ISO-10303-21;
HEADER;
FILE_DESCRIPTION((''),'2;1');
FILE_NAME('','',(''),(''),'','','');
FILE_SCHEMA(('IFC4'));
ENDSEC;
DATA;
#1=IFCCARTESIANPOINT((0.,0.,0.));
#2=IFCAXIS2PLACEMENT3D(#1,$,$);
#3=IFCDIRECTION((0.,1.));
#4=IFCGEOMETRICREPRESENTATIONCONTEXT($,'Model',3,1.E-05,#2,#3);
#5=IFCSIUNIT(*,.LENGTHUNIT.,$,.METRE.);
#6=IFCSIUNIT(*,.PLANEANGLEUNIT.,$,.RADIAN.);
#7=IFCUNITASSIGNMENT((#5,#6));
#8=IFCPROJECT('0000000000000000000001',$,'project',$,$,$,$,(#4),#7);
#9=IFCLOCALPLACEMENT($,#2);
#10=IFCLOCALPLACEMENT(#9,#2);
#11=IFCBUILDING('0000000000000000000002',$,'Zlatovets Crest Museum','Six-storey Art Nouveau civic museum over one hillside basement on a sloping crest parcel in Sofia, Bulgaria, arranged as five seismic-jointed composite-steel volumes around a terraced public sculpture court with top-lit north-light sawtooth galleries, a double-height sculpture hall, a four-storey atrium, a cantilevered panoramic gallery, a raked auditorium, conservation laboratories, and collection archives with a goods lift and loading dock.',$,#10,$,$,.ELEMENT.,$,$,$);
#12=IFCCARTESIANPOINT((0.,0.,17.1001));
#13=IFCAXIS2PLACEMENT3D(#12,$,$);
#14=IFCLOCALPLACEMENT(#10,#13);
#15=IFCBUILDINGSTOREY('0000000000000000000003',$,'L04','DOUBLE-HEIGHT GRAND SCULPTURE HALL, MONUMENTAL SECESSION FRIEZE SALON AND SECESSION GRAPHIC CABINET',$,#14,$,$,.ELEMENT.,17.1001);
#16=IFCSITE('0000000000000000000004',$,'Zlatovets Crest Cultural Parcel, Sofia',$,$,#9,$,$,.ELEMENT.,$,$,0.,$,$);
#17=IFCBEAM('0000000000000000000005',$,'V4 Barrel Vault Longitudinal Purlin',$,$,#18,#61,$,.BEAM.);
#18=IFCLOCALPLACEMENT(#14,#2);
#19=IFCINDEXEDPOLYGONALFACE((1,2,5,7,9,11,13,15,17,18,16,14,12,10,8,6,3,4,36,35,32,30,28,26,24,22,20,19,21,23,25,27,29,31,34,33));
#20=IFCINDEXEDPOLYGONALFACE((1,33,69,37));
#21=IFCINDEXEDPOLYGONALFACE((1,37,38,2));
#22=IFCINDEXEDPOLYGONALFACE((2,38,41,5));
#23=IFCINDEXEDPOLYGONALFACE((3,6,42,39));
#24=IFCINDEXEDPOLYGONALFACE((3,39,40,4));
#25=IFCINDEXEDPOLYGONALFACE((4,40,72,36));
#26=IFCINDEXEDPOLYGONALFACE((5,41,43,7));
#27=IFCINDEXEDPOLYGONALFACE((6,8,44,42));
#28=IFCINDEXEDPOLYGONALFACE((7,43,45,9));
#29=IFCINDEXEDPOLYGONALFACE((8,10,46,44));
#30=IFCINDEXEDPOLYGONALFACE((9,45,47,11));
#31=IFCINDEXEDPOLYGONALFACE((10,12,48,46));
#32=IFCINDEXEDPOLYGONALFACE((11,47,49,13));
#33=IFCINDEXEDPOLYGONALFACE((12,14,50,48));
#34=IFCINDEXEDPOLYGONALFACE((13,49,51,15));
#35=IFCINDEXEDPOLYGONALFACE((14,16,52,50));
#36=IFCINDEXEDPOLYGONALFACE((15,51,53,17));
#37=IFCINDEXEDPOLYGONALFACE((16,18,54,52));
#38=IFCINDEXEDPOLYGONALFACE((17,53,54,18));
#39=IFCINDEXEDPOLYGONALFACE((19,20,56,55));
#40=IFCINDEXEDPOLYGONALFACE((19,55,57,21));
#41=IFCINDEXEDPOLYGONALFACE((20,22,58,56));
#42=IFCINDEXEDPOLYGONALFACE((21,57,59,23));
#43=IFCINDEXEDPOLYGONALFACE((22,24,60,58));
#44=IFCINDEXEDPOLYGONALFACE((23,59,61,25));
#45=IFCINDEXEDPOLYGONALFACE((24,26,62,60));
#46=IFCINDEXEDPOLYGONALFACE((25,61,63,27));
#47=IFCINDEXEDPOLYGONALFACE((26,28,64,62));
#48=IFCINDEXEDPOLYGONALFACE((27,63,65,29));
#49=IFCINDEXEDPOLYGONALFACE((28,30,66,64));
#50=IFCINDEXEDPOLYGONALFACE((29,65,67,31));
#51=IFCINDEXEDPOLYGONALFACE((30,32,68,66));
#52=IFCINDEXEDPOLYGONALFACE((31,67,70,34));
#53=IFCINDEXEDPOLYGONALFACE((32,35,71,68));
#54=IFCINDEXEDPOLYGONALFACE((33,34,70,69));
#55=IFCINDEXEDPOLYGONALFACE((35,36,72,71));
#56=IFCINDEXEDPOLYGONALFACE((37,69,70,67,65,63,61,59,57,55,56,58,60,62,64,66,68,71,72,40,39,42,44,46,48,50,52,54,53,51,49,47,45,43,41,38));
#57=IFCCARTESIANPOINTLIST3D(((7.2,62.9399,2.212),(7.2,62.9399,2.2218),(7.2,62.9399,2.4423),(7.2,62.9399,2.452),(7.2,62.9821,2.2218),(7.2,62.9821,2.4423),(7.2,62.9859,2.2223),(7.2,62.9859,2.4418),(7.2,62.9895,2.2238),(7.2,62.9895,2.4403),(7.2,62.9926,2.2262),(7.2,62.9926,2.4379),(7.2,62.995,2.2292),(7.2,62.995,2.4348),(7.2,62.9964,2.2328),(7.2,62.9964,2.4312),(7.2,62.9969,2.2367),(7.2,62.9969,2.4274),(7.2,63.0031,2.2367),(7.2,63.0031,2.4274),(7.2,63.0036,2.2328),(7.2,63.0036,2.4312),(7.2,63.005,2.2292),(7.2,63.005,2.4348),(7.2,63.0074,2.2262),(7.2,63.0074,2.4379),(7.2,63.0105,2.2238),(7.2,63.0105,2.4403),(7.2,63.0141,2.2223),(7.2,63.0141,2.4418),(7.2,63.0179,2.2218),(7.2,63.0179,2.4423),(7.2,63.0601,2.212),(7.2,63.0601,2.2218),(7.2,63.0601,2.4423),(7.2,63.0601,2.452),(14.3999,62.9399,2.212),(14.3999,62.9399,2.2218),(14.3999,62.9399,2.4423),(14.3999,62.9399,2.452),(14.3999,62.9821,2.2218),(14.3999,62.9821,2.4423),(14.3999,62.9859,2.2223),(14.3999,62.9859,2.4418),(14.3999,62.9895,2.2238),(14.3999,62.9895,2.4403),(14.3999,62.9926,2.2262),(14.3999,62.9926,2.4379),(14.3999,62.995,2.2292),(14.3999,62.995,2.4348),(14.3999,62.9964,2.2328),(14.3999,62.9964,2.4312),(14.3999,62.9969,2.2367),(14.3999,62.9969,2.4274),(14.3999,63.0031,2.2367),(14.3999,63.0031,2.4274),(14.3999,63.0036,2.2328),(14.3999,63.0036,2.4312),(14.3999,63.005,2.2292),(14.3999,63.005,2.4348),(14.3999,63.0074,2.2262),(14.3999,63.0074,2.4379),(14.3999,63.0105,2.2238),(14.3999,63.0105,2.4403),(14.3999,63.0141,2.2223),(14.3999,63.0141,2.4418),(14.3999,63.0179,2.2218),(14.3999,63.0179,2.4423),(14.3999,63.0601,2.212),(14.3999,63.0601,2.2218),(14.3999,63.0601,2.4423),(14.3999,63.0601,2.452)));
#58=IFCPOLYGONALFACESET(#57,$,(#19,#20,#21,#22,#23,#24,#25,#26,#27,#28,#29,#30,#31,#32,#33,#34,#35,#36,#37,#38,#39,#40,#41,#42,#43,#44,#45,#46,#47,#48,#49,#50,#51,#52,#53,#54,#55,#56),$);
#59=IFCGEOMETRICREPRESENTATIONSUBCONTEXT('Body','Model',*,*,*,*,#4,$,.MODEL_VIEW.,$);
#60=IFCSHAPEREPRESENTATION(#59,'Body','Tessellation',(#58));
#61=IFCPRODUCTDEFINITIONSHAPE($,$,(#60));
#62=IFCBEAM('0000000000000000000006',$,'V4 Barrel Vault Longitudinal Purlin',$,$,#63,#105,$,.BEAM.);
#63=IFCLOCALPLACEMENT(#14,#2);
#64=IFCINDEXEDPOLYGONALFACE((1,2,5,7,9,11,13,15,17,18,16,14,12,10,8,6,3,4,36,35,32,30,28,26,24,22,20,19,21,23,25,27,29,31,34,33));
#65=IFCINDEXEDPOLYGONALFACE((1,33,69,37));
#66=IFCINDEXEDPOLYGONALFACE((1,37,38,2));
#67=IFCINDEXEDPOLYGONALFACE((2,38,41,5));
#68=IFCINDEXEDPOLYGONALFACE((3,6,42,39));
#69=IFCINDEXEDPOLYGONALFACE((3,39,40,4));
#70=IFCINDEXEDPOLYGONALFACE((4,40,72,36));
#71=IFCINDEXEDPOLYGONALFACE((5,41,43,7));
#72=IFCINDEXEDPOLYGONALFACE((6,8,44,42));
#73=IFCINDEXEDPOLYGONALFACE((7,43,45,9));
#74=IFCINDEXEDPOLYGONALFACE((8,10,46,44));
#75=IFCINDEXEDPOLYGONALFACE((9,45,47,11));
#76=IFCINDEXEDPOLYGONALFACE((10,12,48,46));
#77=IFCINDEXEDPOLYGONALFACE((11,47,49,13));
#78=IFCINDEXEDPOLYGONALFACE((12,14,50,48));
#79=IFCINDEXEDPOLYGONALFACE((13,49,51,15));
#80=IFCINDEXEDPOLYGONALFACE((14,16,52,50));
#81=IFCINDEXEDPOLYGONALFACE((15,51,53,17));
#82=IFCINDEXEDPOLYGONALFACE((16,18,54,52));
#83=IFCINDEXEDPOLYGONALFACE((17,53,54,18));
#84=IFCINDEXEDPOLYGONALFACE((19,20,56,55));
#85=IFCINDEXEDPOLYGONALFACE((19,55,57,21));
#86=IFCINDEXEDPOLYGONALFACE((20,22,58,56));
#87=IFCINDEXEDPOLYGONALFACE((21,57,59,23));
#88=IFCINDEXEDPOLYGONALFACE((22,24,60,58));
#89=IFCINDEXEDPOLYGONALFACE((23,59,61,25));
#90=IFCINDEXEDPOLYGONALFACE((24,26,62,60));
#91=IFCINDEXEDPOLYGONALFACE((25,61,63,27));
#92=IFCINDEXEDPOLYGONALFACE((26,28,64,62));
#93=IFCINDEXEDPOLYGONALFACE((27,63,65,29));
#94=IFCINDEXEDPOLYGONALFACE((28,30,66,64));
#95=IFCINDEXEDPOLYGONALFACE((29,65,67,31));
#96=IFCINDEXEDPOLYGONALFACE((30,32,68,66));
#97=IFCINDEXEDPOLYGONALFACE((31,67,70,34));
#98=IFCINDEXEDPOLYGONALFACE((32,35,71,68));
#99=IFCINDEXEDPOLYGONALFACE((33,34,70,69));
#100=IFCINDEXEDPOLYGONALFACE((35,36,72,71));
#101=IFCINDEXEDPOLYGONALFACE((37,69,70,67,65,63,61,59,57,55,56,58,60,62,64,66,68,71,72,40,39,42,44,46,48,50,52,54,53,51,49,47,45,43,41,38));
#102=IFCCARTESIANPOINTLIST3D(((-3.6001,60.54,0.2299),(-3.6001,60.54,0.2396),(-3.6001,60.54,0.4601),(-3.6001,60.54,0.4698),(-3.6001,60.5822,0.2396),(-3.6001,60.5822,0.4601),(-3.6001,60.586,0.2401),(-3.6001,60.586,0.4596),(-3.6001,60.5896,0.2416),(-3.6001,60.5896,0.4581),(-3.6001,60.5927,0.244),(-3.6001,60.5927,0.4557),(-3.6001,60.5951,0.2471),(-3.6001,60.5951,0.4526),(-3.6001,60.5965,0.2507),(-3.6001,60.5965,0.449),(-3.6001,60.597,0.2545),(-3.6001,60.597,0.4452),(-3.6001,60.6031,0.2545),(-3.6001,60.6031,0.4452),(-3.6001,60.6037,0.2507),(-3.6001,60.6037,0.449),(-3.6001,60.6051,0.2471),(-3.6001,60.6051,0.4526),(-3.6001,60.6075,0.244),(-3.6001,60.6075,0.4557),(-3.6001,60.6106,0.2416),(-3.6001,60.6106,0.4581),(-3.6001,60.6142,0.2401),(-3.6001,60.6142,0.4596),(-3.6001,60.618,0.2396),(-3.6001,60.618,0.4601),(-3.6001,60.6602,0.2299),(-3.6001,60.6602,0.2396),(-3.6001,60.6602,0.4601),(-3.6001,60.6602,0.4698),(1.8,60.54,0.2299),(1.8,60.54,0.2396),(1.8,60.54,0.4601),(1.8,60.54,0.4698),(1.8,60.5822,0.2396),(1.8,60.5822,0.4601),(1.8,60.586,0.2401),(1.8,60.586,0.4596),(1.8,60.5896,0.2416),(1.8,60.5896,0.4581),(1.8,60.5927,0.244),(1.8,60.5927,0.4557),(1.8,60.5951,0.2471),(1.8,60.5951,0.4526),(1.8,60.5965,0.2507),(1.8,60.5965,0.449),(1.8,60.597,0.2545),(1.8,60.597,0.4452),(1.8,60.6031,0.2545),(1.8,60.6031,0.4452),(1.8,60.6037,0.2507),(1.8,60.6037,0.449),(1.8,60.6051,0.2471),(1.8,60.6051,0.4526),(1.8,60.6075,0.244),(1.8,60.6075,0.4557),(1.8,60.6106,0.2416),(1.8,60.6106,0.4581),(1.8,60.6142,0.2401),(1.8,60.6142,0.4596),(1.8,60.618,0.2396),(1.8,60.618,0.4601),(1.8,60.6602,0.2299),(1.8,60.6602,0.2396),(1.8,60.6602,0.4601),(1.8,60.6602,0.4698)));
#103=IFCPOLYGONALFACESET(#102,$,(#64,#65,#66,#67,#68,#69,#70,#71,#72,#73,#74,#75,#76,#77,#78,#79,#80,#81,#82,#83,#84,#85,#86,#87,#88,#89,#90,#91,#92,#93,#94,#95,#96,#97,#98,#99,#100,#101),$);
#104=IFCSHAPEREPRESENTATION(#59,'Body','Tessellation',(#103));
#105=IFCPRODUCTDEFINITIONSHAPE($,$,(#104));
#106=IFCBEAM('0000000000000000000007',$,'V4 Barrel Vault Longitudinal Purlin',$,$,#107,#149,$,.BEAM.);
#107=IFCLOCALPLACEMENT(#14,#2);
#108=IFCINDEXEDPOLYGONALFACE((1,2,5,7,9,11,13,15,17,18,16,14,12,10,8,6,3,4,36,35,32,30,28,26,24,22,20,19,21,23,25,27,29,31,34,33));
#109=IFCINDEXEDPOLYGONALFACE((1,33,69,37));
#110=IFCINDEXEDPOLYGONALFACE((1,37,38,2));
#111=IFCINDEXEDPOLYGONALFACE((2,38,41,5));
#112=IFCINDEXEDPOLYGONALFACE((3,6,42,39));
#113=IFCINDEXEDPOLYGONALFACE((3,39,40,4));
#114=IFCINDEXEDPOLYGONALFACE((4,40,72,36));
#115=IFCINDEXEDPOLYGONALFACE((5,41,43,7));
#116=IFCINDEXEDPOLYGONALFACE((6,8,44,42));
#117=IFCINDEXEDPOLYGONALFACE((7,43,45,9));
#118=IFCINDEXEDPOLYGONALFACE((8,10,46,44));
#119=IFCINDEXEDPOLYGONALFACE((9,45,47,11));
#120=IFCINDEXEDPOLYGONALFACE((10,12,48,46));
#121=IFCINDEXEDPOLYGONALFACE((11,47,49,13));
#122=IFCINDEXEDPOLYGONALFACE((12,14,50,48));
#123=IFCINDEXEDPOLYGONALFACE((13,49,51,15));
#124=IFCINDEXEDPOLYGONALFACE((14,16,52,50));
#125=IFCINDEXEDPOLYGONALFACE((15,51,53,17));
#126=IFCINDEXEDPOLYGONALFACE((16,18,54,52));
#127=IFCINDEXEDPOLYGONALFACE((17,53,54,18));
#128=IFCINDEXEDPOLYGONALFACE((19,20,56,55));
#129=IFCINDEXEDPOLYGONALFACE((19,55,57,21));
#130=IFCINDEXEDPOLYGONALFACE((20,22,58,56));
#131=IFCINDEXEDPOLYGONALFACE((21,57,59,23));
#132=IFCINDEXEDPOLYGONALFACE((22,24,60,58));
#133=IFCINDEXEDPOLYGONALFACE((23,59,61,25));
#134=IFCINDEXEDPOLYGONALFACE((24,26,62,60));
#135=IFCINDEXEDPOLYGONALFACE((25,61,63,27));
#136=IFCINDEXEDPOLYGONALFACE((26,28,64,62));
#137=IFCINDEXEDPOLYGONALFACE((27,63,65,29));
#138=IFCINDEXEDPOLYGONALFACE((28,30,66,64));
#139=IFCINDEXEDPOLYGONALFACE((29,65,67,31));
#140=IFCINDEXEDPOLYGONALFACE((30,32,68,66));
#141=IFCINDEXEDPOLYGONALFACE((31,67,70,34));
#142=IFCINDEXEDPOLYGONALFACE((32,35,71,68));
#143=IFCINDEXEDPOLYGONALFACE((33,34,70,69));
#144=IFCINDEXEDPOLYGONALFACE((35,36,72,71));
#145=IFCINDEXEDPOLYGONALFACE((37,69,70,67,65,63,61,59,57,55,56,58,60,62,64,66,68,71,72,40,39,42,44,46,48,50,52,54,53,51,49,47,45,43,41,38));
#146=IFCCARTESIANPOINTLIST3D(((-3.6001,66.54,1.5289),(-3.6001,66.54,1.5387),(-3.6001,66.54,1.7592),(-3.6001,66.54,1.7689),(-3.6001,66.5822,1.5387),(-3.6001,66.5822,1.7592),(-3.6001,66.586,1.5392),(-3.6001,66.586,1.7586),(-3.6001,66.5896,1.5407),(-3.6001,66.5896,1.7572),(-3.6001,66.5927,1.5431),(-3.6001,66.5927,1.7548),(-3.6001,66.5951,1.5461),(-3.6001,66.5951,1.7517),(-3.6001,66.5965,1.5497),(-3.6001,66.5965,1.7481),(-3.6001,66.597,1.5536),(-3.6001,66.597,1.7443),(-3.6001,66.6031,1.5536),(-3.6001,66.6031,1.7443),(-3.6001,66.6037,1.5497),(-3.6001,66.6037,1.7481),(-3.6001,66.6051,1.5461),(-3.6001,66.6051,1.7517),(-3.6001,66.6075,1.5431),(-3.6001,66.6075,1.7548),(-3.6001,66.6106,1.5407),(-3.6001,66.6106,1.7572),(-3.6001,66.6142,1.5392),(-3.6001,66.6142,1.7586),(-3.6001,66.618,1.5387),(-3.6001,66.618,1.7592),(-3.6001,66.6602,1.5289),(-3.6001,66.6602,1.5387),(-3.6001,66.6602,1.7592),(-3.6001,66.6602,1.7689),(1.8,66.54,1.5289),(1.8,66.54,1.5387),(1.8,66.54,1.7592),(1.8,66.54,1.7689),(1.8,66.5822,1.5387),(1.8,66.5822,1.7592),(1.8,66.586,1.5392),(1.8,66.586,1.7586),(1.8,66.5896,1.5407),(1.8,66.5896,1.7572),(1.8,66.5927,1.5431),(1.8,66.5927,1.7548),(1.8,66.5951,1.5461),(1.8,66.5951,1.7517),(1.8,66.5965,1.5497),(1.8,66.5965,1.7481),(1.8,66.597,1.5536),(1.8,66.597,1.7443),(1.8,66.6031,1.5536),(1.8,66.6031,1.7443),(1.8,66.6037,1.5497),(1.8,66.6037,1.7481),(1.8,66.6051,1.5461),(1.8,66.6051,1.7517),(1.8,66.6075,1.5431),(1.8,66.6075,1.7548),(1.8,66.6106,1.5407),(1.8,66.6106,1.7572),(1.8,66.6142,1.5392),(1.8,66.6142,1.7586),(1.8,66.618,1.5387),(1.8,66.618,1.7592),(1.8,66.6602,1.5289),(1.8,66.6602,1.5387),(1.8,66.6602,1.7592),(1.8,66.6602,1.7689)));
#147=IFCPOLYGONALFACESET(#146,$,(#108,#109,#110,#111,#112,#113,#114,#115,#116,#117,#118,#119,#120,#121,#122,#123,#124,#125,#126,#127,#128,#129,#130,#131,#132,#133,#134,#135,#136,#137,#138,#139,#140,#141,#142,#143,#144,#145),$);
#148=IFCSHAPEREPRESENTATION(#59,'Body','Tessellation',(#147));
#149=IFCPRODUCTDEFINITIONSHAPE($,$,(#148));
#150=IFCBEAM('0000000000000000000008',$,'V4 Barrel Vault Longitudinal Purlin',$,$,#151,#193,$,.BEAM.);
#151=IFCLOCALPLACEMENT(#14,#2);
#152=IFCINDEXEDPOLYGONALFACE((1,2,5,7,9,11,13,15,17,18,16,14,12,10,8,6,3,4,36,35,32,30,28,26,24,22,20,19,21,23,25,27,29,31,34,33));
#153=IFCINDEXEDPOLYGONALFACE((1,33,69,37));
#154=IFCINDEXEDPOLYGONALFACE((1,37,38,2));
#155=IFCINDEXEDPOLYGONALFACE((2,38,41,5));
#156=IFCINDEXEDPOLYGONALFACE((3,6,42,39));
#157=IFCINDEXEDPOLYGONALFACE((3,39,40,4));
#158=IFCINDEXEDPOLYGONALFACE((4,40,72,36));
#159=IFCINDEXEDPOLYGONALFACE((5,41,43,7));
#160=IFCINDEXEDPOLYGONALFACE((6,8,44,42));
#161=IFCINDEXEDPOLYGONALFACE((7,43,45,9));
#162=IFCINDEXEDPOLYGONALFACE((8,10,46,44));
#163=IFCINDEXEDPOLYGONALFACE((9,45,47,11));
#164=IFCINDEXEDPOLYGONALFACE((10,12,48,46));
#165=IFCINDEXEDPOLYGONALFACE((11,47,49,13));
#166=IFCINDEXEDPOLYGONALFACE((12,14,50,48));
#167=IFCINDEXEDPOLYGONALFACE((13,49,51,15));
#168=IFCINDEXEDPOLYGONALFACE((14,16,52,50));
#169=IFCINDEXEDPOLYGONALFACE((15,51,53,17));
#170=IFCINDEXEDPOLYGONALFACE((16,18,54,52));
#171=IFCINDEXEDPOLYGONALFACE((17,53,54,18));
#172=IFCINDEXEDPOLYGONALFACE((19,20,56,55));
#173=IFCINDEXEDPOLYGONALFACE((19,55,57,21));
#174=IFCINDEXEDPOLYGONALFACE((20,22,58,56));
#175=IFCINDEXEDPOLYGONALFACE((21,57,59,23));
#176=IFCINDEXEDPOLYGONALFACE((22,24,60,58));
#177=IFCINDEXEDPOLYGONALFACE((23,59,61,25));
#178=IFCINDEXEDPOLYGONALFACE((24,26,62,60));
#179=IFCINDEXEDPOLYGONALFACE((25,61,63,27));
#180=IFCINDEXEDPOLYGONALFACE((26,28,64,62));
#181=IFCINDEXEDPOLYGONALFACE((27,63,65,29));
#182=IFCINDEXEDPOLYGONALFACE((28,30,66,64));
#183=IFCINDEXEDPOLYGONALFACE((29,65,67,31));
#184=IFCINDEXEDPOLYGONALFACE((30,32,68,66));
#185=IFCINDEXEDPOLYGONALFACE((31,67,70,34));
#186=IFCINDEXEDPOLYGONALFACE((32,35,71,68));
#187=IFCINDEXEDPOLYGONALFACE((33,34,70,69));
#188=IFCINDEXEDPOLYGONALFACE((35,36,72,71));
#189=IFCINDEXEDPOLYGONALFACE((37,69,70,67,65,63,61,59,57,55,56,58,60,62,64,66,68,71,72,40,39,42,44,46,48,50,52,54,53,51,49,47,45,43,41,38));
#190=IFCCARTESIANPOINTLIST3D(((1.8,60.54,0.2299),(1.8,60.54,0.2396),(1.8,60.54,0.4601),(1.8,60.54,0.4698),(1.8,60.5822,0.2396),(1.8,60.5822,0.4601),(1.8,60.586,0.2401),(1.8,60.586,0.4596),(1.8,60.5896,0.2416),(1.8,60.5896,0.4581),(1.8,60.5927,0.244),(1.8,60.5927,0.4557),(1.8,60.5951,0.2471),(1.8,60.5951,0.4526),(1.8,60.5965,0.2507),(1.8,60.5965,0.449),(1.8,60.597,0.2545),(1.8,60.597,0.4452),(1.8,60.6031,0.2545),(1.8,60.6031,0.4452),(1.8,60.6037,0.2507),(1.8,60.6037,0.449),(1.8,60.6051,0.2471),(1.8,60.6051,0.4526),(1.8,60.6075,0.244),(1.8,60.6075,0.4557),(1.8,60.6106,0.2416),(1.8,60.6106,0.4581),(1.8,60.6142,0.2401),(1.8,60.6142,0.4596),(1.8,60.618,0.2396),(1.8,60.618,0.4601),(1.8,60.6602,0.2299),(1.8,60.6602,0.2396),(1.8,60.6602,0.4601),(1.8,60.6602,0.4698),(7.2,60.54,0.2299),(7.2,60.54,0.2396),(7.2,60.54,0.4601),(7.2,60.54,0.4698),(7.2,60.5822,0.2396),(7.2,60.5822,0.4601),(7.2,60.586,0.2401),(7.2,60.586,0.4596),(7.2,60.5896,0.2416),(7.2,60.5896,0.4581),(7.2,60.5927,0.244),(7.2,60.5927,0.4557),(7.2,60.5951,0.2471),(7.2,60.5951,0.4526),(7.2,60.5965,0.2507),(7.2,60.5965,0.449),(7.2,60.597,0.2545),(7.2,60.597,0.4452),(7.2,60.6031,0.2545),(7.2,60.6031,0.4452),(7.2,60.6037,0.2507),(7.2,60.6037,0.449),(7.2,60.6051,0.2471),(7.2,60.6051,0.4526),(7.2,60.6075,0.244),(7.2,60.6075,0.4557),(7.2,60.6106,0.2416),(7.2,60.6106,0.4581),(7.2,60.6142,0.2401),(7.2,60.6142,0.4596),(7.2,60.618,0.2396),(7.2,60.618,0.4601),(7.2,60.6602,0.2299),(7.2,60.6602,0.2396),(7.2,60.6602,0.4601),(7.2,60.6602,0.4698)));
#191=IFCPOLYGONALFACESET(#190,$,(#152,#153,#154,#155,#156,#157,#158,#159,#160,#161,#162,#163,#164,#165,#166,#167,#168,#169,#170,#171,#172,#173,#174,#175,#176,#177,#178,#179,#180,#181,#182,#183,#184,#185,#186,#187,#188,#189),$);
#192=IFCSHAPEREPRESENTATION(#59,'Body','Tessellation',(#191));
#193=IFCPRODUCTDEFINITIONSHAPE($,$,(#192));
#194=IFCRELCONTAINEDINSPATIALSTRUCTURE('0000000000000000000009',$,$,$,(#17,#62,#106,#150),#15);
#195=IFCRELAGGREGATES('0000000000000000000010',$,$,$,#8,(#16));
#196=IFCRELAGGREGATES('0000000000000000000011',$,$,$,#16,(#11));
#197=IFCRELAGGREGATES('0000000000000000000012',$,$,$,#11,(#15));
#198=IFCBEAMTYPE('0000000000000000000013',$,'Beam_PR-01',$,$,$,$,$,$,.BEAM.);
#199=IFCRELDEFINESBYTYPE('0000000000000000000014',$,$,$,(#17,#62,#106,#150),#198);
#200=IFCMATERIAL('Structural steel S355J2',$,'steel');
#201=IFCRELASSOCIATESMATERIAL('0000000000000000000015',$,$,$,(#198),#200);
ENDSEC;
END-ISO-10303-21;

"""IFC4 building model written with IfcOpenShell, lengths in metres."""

from ifc_helpers import new_model, si_unit, direction, frame, origin, origin_2d, place, context, subcontext, project, spatial, i_section, extrude, material, material_profile, profile_set, type_object, element, save


model = new_model("IFC4")

# Units and contexts
model_context = context("Model", 3, precision=1e-05, world=origin(), true_north=direction((0.0, 1.0)))
body_context = subcontext(model_context, "Body", "Model", "MODEL_VIEW")
ifc_project = project(units=[si_unit("LENGTHUNIT", "METRE"), si_unit("PLANEANGLEUNIT", "RADIAN")], contexts=[model_context])

# Site, building, storey
site_placement = place(None, origin())
site = spatial("IfcSite", under=ifc_project, at=site_placement, Name="Zlatovets Crest Cultural Parcel, Sofia", CompositionType="ELEMENT", RefElevation=0.0)
building_placement = place(site_placement, origin())
building = spatial("IfcBuilding", under=site, at=building_placement, Name="Zlatovets Crest Museum", Description="Six-storey Art Nouveau civic museum over one hillside basement on a sloping crest parcel in Sofia, Bulgaria, arranged as five seismic-jointed composite-steel volumes around a terraced public sculpture court with top-lit north-light sawtooth galleries, a double-height sculpture hall, a four-storey atrium, a cantilevered panoramic gallery, a raked auditorium, conservation laboratories, and collection archives with a goods lift and loading dock.", CompositionType="ELEMENT")
storey_placement = place(building_placement, frame((0.0, 0.0, 17.1001)))
storey = spatial("IfcBuildingStorey", under=building, at=storey_placement, Name="L04", Description="DOUBLE-HEIGHT GRAND SCULPTURE HALL, MONUMENTAL SECESSION FRIEZE SALON AND SECESSION GRAPHIC CABINET", CompositionType="ELEMENT", Elevation=17.1001)

# Beams
ifc_material_1 = material(Name="Structural steel S355J2", Category="steel")
ifc_material_profile_1 = material_profile(ifc_material_1, i_section(OverallWidth=0.1201, OverallDepth=0.24, WebThickness=0.0061, FlangeThickness=0.0098, FilletRadius=0.0149, at=origin_2d()), Name="IPE 240")
ifc_profile_set_1 = profile_set([ifc_material_profile_1], Name="Structural steel S355J2")
beam_type_1 = type_object("IfcBeamType", Name="Beam_PR-01", PredefinedType="BEAM", material=ifc_profile_set_1)
beam_1_placement = place(storey_placement, frame((7.2, 63.0, 2.332), z_axis=(1.0, 0.0, 0.0), x_axis=(0.0, 1.0, 0.0)))
element("IfcBeam", 1, at=beam_1_placement, inside=storey, type_object=beam_type_1, Name="V4 Barrel Vault Longitudinal Purlin", PredefinedType="BEAM", context=body_context, shape_type="SweptSolid", body=[
    extrude(i_section(OverallWidth=0.1201, OverallDepth=0.24, WebThickness=0.0061, FlangeThickness=0.0098, FilletRadius=0.0149, at=origin_2d()), origin(), (0.0, 0.0, 1.0), 7.2),
])
for number, where, z_axis, x_axis, name in (
    (2, (-3.6001, 60.6001, 0.3499), (1.0, 0.0, 0.0), (0.0, 1.0, 0.0), "V4 Barrel Vault Longitudinal Purlin"),
    (3, (-3.6001, 66.6001, 1.6489), (1.0, 0.0, 0.0), (0.0, 1.0, 0.0), "V4 Barrel Vault Longitudinal Purlin"),
):
    element("IfcBeam", number, at=place(storey_placement, frame(where, z_axis=z_axis, x_axis=x_axis)), inside=storey, type_object=beam_type_1, Name=name, PredefinedType="BEAM", context=body_context, shape_type="SweptSolid", body=[
        extrude(i_section(OverallWidth=0.1201, OverallDepth=0.24, WebThickness=0.0061, FlangeThickness=0.0098, FilletRadius=0.0149, at=origin_2d()), origin(), (0.0, 0.0, 1.0), 5.4001),
    ])
for number, where, z_axis, x_axis, name in (
    (4, (1.8, 60.6001, 0.3499), (1.0, 0.0, 0.0), (0.0, 1.0, 0.0), "V4 Barrel Vault Longitudinal Purlin"),
):
    element("IfcBeam", number, at=place(storey_placement, frame(where, z_axis=z_axis, x_axis=x_axis)), inside=storey, type_object=beam_type_1, Name=name, PredefinedType="BEAM", context=body_context, shape_type="SweptSolid", body=[
        extrude(i_section(OverallWidth=0.1201, OverallDepth=0.24, WebThickness=0.0061, FlangeThickness=0.0098, FilletRadius=0.0149, at=origin_2d()), origin(), (0.0, 0.0, 1.0), 5.3999),
    ])

save(model, "model.ifc")
